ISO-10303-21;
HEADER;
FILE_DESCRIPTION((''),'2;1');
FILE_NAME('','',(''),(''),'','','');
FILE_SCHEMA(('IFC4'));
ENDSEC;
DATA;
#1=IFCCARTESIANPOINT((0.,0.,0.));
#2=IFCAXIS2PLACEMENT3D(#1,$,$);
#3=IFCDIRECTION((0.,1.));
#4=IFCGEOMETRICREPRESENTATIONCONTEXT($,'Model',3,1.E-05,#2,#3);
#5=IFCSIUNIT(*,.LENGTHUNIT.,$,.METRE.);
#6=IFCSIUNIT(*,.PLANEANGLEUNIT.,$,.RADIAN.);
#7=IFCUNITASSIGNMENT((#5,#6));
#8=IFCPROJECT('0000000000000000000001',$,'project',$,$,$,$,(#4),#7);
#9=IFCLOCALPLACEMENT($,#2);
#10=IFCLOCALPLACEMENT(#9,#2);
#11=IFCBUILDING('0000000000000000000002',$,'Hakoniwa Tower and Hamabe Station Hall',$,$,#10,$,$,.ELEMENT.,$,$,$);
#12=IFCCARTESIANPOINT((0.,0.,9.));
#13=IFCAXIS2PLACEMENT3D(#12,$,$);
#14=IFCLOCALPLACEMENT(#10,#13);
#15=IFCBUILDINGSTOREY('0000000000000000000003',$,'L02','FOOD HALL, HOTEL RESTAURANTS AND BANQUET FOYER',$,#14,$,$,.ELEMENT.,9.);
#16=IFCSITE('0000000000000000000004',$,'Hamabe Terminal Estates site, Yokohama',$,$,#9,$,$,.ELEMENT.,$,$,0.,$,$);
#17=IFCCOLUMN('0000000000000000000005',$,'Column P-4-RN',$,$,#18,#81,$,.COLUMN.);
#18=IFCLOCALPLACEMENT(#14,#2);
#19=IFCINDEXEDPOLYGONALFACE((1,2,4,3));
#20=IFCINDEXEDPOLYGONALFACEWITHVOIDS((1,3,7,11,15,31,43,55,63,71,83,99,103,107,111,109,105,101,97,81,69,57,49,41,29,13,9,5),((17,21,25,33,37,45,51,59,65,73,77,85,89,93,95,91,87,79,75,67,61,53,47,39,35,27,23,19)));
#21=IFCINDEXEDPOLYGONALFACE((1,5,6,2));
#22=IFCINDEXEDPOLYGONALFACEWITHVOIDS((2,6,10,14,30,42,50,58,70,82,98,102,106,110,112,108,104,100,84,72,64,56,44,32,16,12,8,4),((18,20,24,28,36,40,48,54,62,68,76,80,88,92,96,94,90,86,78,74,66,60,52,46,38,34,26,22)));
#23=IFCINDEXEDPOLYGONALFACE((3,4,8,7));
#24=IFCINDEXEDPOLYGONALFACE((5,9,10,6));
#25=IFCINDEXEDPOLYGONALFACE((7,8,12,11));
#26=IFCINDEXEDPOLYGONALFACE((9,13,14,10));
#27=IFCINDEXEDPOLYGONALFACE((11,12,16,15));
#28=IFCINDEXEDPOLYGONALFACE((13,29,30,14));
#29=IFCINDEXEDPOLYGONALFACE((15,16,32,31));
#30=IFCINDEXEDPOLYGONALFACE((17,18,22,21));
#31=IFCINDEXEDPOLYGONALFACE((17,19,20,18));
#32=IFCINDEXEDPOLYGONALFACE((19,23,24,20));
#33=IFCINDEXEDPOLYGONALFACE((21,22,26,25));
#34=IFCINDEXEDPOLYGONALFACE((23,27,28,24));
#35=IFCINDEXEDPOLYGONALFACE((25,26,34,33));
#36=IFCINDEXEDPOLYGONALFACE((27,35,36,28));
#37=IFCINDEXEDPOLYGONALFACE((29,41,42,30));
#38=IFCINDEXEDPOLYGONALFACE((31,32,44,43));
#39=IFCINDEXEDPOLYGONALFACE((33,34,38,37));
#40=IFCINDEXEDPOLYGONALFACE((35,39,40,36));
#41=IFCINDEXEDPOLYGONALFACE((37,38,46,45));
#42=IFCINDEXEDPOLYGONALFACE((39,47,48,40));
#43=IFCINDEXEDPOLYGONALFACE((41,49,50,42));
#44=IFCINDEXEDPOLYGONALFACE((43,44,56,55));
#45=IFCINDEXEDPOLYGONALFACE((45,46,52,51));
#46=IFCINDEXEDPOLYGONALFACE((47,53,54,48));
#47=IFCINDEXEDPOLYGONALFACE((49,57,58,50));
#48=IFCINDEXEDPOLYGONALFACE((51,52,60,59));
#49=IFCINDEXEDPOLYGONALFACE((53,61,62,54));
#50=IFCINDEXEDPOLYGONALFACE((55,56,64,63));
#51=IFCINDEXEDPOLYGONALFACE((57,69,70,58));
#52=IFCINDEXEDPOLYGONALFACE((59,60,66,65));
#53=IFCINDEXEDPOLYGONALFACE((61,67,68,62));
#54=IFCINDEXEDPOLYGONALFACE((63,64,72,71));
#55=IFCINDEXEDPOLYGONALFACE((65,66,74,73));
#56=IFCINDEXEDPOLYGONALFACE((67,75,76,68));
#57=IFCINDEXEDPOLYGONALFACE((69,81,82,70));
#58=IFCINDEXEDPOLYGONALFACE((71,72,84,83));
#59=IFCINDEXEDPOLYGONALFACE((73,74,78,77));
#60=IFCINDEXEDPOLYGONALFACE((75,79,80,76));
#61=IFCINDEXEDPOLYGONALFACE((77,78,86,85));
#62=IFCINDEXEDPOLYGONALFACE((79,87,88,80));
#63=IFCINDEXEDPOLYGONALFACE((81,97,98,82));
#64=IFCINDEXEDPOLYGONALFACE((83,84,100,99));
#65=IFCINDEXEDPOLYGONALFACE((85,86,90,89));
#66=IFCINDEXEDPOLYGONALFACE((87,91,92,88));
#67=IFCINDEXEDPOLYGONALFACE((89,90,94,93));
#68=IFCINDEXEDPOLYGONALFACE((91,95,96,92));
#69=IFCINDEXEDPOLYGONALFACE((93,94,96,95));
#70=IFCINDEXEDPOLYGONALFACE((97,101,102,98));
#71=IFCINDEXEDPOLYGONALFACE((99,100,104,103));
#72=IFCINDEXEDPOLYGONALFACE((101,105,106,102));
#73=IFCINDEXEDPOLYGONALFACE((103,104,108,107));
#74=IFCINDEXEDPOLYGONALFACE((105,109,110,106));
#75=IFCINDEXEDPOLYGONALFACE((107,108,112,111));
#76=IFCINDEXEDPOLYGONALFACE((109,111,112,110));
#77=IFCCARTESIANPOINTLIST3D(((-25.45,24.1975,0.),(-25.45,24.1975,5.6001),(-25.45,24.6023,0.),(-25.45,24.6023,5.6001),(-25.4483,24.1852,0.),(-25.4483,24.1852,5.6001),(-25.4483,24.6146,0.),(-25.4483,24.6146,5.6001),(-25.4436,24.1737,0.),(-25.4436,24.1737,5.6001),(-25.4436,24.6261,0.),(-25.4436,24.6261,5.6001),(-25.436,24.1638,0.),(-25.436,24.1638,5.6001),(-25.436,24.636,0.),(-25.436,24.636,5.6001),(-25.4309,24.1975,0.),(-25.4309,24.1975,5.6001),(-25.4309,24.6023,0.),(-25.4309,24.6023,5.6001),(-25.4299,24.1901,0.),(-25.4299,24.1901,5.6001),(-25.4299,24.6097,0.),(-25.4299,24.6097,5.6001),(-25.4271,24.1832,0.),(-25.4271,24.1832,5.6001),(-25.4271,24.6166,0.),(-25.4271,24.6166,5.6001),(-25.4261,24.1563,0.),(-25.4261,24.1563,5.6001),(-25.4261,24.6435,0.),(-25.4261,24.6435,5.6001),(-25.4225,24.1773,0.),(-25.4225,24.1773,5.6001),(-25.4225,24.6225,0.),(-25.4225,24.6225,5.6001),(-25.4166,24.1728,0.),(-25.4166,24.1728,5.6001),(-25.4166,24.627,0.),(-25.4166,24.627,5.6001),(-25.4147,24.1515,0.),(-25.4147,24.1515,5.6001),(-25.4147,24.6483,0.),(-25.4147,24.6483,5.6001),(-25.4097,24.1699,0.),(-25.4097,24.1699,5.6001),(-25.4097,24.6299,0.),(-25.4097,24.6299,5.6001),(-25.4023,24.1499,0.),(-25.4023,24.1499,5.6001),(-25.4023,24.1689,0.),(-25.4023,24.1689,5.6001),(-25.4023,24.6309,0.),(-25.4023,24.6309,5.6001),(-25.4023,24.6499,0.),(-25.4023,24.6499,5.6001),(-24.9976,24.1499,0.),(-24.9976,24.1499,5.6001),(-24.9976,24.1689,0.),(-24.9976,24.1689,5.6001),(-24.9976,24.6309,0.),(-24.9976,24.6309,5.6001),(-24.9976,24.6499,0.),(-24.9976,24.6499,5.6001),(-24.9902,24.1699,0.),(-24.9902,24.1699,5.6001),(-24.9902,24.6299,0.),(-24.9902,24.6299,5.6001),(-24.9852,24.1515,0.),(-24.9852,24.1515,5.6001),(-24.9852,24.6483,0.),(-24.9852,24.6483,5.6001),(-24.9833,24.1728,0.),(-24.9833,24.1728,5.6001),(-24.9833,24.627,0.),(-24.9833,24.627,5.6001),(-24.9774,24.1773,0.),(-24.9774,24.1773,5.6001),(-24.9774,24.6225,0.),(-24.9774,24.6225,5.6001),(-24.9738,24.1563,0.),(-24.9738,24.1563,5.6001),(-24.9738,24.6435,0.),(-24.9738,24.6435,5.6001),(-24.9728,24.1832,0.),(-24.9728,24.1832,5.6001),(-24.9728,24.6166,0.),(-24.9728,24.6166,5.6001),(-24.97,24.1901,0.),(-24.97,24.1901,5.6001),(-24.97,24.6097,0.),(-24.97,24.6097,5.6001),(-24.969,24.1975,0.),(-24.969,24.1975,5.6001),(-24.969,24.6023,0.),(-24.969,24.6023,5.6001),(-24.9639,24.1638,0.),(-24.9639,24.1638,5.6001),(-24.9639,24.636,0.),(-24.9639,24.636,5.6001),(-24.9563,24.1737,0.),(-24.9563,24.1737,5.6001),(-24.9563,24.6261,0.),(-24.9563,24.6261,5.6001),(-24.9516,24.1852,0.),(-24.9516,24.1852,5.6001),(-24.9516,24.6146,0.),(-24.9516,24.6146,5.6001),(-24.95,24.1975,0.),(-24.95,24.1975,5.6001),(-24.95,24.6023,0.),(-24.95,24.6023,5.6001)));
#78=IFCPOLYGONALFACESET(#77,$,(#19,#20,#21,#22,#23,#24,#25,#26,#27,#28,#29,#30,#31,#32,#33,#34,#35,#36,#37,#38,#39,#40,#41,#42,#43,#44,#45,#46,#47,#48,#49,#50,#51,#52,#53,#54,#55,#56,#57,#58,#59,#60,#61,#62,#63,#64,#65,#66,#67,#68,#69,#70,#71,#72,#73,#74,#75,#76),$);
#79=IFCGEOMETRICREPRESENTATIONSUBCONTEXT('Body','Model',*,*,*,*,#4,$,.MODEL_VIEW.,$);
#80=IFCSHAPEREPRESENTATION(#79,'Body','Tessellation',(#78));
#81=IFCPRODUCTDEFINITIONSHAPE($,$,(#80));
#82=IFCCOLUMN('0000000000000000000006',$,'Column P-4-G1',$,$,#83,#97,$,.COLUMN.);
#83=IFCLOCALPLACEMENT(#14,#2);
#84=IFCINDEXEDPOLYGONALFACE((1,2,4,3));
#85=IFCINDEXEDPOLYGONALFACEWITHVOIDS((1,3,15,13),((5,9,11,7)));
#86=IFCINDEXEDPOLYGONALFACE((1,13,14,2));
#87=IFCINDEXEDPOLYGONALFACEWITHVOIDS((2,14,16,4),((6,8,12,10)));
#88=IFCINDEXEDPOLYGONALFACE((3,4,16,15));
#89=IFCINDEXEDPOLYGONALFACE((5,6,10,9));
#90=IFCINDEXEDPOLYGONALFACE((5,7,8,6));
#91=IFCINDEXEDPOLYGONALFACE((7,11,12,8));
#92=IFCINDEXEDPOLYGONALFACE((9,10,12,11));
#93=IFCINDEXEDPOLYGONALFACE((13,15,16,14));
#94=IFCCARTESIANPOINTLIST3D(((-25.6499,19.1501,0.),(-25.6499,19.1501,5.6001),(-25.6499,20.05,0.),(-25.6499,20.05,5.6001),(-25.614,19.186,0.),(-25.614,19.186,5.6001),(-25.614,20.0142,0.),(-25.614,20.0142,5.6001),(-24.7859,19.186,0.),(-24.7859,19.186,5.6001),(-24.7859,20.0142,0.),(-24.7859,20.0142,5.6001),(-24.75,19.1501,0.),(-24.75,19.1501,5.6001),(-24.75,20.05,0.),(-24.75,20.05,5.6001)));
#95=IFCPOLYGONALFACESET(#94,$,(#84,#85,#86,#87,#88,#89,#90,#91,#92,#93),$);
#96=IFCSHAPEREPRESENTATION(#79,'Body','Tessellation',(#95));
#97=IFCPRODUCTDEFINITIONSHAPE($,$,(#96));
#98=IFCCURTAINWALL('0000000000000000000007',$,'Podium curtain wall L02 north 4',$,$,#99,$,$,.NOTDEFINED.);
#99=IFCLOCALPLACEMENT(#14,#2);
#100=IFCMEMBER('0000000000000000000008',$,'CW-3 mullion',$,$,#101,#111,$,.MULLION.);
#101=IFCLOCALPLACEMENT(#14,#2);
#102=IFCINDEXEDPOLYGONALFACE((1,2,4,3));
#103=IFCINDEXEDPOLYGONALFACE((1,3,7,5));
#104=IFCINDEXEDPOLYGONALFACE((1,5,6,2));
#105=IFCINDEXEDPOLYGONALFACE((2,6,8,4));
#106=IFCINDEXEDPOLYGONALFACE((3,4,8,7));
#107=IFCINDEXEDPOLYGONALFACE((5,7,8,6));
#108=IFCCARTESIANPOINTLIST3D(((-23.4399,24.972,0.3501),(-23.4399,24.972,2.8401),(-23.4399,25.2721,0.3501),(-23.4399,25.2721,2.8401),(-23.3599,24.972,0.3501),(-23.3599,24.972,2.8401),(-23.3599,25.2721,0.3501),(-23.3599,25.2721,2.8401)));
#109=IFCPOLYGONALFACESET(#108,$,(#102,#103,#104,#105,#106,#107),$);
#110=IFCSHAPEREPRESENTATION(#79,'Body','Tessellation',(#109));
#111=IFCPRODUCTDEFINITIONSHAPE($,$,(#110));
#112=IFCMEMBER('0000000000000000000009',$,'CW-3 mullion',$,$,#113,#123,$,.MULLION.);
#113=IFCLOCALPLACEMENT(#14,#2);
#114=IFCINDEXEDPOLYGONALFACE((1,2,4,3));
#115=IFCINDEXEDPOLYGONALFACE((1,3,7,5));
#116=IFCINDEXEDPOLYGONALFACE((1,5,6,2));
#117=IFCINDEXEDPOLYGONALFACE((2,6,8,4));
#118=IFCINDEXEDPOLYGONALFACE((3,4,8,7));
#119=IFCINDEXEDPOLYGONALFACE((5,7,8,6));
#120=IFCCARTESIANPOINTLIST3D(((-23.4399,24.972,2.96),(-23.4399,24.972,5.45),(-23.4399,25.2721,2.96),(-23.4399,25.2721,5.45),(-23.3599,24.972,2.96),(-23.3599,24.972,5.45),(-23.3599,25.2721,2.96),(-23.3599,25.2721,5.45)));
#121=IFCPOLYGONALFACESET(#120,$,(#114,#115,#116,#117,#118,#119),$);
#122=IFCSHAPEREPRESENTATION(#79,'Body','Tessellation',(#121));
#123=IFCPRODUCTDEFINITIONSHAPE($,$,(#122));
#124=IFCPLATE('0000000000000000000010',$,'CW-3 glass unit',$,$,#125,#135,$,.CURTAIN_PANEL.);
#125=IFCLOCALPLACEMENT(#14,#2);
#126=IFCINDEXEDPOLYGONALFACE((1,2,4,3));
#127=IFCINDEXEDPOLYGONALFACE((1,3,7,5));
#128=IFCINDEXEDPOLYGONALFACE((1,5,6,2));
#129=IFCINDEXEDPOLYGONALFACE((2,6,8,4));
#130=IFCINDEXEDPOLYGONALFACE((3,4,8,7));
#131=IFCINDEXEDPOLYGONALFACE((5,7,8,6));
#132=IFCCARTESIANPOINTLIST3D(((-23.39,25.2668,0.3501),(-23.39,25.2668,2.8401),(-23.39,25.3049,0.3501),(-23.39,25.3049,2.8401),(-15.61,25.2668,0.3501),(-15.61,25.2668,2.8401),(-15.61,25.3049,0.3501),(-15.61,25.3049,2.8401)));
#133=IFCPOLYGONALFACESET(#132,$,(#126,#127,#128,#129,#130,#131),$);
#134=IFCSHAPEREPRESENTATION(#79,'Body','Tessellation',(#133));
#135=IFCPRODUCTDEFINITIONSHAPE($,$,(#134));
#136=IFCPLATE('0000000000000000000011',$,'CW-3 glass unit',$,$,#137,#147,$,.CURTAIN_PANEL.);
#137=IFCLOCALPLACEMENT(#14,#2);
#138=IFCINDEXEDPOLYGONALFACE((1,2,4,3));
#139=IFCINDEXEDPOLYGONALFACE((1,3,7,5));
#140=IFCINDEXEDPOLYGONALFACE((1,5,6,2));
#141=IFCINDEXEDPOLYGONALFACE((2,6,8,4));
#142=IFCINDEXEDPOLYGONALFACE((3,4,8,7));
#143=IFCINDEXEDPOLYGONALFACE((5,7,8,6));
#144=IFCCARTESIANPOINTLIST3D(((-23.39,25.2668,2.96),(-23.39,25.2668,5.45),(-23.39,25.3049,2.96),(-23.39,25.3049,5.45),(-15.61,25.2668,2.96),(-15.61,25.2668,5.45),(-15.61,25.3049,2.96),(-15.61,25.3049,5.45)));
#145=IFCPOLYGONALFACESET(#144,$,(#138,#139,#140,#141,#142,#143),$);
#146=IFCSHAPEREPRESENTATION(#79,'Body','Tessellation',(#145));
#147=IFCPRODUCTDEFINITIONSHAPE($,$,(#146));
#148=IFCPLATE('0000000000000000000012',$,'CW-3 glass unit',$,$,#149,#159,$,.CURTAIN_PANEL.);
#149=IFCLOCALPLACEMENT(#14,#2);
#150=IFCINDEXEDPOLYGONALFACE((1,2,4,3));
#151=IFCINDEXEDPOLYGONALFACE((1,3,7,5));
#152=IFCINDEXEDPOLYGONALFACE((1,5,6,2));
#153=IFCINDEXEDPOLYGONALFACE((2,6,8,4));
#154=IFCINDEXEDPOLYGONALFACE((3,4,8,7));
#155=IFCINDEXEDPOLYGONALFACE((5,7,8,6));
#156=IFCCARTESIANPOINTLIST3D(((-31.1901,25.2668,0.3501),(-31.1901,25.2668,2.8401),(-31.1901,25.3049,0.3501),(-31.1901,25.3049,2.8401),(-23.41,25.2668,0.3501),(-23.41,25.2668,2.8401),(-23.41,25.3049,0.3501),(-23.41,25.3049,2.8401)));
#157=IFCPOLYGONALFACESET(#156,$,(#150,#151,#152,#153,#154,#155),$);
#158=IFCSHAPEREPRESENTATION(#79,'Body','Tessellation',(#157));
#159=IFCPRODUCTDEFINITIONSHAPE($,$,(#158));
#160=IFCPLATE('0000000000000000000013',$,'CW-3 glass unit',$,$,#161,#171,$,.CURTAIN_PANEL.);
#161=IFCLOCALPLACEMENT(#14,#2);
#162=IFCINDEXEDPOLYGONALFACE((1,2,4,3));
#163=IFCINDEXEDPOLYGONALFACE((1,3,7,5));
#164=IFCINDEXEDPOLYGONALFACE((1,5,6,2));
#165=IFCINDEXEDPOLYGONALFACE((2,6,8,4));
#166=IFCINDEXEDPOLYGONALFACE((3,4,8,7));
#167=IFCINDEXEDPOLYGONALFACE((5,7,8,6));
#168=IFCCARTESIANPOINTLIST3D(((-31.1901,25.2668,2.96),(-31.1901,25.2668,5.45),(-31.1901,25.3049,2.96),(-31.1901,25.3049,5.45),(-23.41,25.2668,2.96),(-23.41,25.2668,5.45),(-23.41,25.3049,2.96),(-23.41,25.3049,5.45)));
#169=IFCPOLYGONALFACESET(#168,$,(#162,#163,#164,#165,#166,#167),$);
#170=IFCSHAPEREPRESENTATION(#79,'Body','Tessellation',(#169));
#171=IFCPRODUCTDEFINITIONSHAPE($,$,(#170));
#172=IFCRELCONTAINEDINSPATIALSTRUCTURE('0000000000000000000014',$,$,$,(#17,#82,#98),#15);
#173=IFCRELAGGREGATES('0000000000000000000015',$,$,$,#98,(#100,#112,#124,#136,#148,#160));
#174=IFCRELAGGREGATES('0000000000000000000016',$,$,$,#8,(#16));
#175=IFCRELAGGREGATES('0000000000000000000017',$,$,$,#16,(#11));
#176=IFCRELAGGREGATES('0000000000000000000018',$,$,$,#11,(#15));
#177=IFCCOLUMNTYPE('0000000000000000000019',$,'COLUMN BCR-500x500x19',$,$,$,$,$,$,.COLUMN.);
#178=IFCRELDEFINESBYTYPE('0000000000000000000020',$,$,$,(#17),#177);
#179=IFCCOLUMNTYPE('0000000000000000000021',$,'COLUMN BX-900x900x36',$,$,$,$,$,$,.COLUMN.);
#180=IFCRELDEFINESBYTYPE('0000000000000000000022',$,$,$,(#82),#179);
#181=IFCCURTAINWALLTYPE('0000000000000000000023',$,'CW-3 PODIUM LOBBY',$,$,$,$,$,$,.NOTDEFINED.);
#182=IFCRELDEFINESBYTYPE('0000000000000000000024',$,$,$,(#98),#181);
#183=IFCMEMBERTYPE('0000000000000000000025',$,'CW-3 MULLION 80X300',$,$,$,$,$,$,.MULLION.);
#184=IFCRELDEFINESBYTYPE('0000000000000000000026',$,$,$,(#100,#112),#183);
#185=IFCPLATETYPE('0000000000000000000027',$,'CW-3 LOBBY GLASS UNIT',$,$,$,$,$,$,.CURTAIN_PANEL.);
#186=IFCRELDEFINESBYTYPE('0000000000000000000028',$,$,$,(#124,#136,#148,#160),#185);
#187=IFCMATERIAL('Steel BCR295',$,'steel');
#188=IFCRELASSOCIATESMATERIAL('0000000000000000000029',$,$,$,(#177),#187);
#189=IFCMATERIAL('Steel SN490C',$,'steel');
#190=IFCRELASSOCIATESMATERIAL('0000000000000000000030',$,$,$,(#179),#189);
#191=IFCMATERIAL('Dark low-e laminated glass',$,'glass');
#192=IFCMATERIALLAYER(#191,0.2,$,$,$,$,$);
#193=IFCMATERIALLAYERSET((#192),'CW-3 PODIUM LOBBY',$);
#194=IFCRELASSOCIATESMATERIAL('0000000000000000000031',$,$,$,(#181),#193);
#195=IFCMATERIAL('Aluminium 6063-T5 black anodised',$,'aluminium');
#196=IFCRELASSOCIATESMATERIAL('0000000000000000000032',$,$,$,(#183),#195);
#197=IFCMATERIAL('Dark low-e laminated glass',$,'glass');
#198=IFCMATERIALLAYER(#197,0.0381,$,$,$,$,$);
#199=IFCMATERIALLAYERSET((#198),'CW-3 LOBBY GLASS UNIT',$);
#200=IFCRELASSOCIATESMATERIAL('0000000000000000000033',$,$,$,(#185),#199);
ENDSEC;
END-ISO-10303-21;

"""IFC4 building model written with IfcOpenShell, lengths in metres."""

from ifc_helpers import new_model, si_unit, direction, frame, origin, origin_2d, place, context, subcontext, project, spatial, rectangle, hollow_rectangle, extrude, material, layer, layer_set, material_profile, profile_set, type_object, element, aggregate, save


model = new_model("IFC4")

# Units and contexts
model_context = context("Model", 3, precision=1e-05, world=origin(), true_north=direction((0.0, 1.0)))
body_context = subcontext(model_context, "Body", "Model", "MODEL_VIEW")
ifc_project = project(units=[si_unit("LENGTHUNIT", "METRE"), si_unit("PLANEANGLEUNIT", "RADIAN")], contexts=[model_context])

# Site, building, storey
site_placement = place(None, origin())
site = spatial("IfcSite", under=ifc_project, at=site_placement, Name="Hamabe Terminal Estates site, Yokohama", CompositionType="ELEMENT", RefElevation=0.0)
building_placement = place(site_placement, origin())
building = spatial("IfcBuilding", under=site, at=building_placement, Name="Hakoniwa Tower and Hamabe Station Hall", CompositionType="ELEMENT")
storey_placement = place(building_placement, frame((0.0, 0.0, 9.0)))
storey = spatial("IfcBuildingStorey", under=building, at=storey_placement, Name="L02", Description="FOOD HALL, HOTEL RESTAURANTS AND BANQUET FOYER", CompositionType="ELEMENT", Elevation=9.0)

# Columns
ifc_material_1 = material(Name="Steel BCR295", Category="steel")
ifc_material_profile_1 = material_profile(ifc_material_1, hollow_rectangle(XDim=0.5, YDim=0.5, WallThickness=0.019, InnerFilletRadius=0.0286, OuterFilletRadius=0.0476, at=origin_2d()), Name="BCR-500x500x19")
ifc_profile_set_1 = profile_set([ifc_material_profile_1], Name="Steel BCR295")
column_type_1 = type_object("IfcColumnType", Name="COLUMN BCR-500x500x19", PredefinedType="COLUMN", material=ifc_profile_set_1)
column_1_placement = place(storey_placement, frame((-25.2, 24.3999, 0.0), z_axis=(0.0, 0.0, 1.0), x_axis=(1.0, 0.0, 0.0)))
element("IfcColumn", 1, at=column_1_placement, inside=storey, type_object=column_type_1, Name="Column P-4-RN", PredefinedType="COLUMN", context=body_context, shape_type="SweptSolid", body=[
    extrude(hollow_rectangle(XDim=0.5, YDim=0.5, WallThickness=0.019, InnerFilletRadius=0.0286, OuterFilletRadius=0.0476, at=origin_2d()), origin(), (0.0, 0.0, 1.0), 5.6001),
])
ifc_material_2 = material(Name="Steel SN490C", Category="steel")
ifc_material_profile_2 = material_profile(ifc_material_2, hollow_rectangle(XDim=0.8999, YDim=0.8999, WallThickness=0.0359, at=origin_2d()), Name="BX-900x900x36")
ifc_profile_set_2 = profile_set([ifc_material_profile_2], Name="Steel SN490C")
column_type_2 = type_object("IfcColumnType", Name="COLUMN BX-900x900x36", PredefinedType="COLUMN", material=ifc_profile_set_2)
column_2_placement = place(storey_placement, frame((-25.2, 19.6001, 0.0), z_axis=(0.0, 0.0, 1.0), x_axis=(1.0, 0.0, 0.0)))
element("IfcColumn", 2, at=column_2_placement, inside=storey, type_object=column_type_2, Name="Column P-4-G1", PredefinedType="COLUMN", context=body_context, shape_type="SweptSolid", body=[
    extrude(hollow_rectangle(XDim=0.8999, YDim=0.8999, WallThickness=0.0359, at=origin_2d()), origin(), (0.0, 0.0, 1.0), 5.6001),
])

# Curtain wall, members, plates
ifc_material_3 = material(Name="Dark low-e laminated glass", Category="glass")
ifc_layer_1 = layer(ifc_material_3, 0.2)
ifc_layer_set_1 = layer_set([ifc_layer_1], Name="CW-3 PODIUM LOBBY")
curtain_wall_type = type_object("IfcCurtainWallType", Name="CW-3 PODIUM LOBBY", PredefinedType="NOTDEFINED", material=ifc_layer_set_1)
curtain_wall_placement = place(storey_placement, origin())
curtain_wall = element("IfcCurtainWall", 3, at=curtain_wall_placement, inside=storey, type_object=curtain_wall_type, Name="Podium curtain wall L02 north 4", PredefinedType="NOTDEFINED")
ifc_material_4 = material(Name="Aluminium 6063-T5 black anodised", Category="aluminium")
ifc_material_profile_3 = material_profile(ifc_material_4, rectangle(XDim=0.0801, YDim=0.3, at=origin_2d()), Name="CW-3 MULLION 80X300")
ifc_profile_set_3 = profile_set([ifc_material_profile_3], Name="Aluminium 6063-T5 black anodised")
member_type = type_object("IfcMemberType", Name="CW-3 MULLION 80X300", PredefinedType="MULLION", material=ifc_profile_set_3)
member_1_placement = place(storey_placement, frame((-23.3999, 25.1221, 0.3501), z_axis=(0.0, 0.0, 1.0), x_axis=(-1.0, 0.0, 0.0)))
member_1 = element("IfcMember", 4, at=member_1_placement, type_object=member_type, Name="CW-3 mullion", PredefinedType="MULLION", context=body_context, shape_type="SweptSolid", body=[
    extrude(rectangle(XDim=0.0801, YDim=0.3, at=origin_2d()), origin(), (0.0, 0.0, 1.0), 2.49),
])
member_2_placement = place(storey_placement, frame((-23.3999, 25.1221, 2.96), z_axis=(0.0, 0.0, 1.0), x_axis=(-1.0, 0.0, 0.0)))
member_2 = element("IfcMember", 5, at=member_2_placement, type_object=member_type, Name="CW-3 mullion", PredefinedType="MULLION", context=body_context, shape_type="SweptSolid", body=[
    extrude(rectangle(XDim=0.0801, YDim=0.3, at=origin_2d()), origin(), (0.0, 0.0, 1.0), 2.49),
])
ifc_material_5 = material(Name="Dark low-e laminated glass", Category="glass")
ifc_layer_2 = layer(ifc_material_5, 0.0381)
ifc_layer_set_2 = layer_set([ifc_layer_2], Name="CW-3 LOBBY GLASS UNIT")
plate_type = type_object("IfcPlateType", Name="CW-3 LOBBY GLASS UNIT", PredefinedType="CURTAIN_PANEL", material=ifc_layer_set_2)
plate_1_placement = place(storey_placement, frame((-19.5, 25.2859, 0.3501), z_axis=(0.0, 0.0, 1.0), x_axis=(-1.0, 0.0, 0.0)))
plate_1 = element("IfcPlate", 6, at=plate_1_placement, type_object=plate_type, Name="CW-3 glass unit", PredefinedType="CURTAIN_PANEL", context=body_context, shape_type="SweptSolid", body=[
    extrude(rectangle(XDim=7.78, YDim=0.0381, at=origin_2d()), origin(), (0.0, 0.0, 1.0), 2.49),
])
plate_2_placement = place(storey_placement, frame((-19.5, 25.2859, 2.96), z_axis=(0.0, 0.0, 1.0), x_axis=(-1.0, 0.0, 0.0)))
plate_2 = element("IfcPlate", 7, at=plate_2_placement, type_object=plate_type, Name="CW-3 glass unit", PredefinedType="CURTAIN_PANEL", context=body_context, shape_type="SweptSolid", body=[
    extrude(rectangle(XDim=7.78, YDim=0.0381, at=origin_2d()), origin(), (0.0, 0.0, 1.0), 2.49),
])
plate_3_placement = place(storey_placement, frame((-27.3, 25.2859, 0.3501), z_axis=(0.0, 0.0, 1.0), x_axis=(-1.0, 0.0, 0.0)))
plate_3 = element("IfcPlate", 8, at=plate_3_placement, type_object=plate_type, Name="CW-3 glass unit", PredefinedType="CURTAIN_PANEL", context=body_context, shape_type="SweptSolid", body=[
    extrude(rectangle(XDim=7.78, YDim=0.0381, at=origin_2d()), origin(), (0.0, 0.0, 1.0), 2.49),
])
plate_4_placement = place(storey_placement, frame((-27.3, 25.2859, 2.96), z_axis=(0.0, 0.0, 1.0), x_axis=(-1.0, 0.0, 0.0)))
plate_4 = element("IfcPlate", 9, at=plate_4_placement, type_object=plate_type, Name="CW-3 glass unit", PredefinedType="CURTAIN_PANEL", context=body_context, shape_type="SweptSolid", body=[
    extrude(rectangle(XDim=7.78, YDim=0.0381, at=origin_2d()), origin(), (0.0, 0.0, 1.0), 2.49),
])
aggregate(curtain_wall, [member_1, member_2, plate_1, plate_2, plate_3, plate_4])

save(model, "model.ifc")
